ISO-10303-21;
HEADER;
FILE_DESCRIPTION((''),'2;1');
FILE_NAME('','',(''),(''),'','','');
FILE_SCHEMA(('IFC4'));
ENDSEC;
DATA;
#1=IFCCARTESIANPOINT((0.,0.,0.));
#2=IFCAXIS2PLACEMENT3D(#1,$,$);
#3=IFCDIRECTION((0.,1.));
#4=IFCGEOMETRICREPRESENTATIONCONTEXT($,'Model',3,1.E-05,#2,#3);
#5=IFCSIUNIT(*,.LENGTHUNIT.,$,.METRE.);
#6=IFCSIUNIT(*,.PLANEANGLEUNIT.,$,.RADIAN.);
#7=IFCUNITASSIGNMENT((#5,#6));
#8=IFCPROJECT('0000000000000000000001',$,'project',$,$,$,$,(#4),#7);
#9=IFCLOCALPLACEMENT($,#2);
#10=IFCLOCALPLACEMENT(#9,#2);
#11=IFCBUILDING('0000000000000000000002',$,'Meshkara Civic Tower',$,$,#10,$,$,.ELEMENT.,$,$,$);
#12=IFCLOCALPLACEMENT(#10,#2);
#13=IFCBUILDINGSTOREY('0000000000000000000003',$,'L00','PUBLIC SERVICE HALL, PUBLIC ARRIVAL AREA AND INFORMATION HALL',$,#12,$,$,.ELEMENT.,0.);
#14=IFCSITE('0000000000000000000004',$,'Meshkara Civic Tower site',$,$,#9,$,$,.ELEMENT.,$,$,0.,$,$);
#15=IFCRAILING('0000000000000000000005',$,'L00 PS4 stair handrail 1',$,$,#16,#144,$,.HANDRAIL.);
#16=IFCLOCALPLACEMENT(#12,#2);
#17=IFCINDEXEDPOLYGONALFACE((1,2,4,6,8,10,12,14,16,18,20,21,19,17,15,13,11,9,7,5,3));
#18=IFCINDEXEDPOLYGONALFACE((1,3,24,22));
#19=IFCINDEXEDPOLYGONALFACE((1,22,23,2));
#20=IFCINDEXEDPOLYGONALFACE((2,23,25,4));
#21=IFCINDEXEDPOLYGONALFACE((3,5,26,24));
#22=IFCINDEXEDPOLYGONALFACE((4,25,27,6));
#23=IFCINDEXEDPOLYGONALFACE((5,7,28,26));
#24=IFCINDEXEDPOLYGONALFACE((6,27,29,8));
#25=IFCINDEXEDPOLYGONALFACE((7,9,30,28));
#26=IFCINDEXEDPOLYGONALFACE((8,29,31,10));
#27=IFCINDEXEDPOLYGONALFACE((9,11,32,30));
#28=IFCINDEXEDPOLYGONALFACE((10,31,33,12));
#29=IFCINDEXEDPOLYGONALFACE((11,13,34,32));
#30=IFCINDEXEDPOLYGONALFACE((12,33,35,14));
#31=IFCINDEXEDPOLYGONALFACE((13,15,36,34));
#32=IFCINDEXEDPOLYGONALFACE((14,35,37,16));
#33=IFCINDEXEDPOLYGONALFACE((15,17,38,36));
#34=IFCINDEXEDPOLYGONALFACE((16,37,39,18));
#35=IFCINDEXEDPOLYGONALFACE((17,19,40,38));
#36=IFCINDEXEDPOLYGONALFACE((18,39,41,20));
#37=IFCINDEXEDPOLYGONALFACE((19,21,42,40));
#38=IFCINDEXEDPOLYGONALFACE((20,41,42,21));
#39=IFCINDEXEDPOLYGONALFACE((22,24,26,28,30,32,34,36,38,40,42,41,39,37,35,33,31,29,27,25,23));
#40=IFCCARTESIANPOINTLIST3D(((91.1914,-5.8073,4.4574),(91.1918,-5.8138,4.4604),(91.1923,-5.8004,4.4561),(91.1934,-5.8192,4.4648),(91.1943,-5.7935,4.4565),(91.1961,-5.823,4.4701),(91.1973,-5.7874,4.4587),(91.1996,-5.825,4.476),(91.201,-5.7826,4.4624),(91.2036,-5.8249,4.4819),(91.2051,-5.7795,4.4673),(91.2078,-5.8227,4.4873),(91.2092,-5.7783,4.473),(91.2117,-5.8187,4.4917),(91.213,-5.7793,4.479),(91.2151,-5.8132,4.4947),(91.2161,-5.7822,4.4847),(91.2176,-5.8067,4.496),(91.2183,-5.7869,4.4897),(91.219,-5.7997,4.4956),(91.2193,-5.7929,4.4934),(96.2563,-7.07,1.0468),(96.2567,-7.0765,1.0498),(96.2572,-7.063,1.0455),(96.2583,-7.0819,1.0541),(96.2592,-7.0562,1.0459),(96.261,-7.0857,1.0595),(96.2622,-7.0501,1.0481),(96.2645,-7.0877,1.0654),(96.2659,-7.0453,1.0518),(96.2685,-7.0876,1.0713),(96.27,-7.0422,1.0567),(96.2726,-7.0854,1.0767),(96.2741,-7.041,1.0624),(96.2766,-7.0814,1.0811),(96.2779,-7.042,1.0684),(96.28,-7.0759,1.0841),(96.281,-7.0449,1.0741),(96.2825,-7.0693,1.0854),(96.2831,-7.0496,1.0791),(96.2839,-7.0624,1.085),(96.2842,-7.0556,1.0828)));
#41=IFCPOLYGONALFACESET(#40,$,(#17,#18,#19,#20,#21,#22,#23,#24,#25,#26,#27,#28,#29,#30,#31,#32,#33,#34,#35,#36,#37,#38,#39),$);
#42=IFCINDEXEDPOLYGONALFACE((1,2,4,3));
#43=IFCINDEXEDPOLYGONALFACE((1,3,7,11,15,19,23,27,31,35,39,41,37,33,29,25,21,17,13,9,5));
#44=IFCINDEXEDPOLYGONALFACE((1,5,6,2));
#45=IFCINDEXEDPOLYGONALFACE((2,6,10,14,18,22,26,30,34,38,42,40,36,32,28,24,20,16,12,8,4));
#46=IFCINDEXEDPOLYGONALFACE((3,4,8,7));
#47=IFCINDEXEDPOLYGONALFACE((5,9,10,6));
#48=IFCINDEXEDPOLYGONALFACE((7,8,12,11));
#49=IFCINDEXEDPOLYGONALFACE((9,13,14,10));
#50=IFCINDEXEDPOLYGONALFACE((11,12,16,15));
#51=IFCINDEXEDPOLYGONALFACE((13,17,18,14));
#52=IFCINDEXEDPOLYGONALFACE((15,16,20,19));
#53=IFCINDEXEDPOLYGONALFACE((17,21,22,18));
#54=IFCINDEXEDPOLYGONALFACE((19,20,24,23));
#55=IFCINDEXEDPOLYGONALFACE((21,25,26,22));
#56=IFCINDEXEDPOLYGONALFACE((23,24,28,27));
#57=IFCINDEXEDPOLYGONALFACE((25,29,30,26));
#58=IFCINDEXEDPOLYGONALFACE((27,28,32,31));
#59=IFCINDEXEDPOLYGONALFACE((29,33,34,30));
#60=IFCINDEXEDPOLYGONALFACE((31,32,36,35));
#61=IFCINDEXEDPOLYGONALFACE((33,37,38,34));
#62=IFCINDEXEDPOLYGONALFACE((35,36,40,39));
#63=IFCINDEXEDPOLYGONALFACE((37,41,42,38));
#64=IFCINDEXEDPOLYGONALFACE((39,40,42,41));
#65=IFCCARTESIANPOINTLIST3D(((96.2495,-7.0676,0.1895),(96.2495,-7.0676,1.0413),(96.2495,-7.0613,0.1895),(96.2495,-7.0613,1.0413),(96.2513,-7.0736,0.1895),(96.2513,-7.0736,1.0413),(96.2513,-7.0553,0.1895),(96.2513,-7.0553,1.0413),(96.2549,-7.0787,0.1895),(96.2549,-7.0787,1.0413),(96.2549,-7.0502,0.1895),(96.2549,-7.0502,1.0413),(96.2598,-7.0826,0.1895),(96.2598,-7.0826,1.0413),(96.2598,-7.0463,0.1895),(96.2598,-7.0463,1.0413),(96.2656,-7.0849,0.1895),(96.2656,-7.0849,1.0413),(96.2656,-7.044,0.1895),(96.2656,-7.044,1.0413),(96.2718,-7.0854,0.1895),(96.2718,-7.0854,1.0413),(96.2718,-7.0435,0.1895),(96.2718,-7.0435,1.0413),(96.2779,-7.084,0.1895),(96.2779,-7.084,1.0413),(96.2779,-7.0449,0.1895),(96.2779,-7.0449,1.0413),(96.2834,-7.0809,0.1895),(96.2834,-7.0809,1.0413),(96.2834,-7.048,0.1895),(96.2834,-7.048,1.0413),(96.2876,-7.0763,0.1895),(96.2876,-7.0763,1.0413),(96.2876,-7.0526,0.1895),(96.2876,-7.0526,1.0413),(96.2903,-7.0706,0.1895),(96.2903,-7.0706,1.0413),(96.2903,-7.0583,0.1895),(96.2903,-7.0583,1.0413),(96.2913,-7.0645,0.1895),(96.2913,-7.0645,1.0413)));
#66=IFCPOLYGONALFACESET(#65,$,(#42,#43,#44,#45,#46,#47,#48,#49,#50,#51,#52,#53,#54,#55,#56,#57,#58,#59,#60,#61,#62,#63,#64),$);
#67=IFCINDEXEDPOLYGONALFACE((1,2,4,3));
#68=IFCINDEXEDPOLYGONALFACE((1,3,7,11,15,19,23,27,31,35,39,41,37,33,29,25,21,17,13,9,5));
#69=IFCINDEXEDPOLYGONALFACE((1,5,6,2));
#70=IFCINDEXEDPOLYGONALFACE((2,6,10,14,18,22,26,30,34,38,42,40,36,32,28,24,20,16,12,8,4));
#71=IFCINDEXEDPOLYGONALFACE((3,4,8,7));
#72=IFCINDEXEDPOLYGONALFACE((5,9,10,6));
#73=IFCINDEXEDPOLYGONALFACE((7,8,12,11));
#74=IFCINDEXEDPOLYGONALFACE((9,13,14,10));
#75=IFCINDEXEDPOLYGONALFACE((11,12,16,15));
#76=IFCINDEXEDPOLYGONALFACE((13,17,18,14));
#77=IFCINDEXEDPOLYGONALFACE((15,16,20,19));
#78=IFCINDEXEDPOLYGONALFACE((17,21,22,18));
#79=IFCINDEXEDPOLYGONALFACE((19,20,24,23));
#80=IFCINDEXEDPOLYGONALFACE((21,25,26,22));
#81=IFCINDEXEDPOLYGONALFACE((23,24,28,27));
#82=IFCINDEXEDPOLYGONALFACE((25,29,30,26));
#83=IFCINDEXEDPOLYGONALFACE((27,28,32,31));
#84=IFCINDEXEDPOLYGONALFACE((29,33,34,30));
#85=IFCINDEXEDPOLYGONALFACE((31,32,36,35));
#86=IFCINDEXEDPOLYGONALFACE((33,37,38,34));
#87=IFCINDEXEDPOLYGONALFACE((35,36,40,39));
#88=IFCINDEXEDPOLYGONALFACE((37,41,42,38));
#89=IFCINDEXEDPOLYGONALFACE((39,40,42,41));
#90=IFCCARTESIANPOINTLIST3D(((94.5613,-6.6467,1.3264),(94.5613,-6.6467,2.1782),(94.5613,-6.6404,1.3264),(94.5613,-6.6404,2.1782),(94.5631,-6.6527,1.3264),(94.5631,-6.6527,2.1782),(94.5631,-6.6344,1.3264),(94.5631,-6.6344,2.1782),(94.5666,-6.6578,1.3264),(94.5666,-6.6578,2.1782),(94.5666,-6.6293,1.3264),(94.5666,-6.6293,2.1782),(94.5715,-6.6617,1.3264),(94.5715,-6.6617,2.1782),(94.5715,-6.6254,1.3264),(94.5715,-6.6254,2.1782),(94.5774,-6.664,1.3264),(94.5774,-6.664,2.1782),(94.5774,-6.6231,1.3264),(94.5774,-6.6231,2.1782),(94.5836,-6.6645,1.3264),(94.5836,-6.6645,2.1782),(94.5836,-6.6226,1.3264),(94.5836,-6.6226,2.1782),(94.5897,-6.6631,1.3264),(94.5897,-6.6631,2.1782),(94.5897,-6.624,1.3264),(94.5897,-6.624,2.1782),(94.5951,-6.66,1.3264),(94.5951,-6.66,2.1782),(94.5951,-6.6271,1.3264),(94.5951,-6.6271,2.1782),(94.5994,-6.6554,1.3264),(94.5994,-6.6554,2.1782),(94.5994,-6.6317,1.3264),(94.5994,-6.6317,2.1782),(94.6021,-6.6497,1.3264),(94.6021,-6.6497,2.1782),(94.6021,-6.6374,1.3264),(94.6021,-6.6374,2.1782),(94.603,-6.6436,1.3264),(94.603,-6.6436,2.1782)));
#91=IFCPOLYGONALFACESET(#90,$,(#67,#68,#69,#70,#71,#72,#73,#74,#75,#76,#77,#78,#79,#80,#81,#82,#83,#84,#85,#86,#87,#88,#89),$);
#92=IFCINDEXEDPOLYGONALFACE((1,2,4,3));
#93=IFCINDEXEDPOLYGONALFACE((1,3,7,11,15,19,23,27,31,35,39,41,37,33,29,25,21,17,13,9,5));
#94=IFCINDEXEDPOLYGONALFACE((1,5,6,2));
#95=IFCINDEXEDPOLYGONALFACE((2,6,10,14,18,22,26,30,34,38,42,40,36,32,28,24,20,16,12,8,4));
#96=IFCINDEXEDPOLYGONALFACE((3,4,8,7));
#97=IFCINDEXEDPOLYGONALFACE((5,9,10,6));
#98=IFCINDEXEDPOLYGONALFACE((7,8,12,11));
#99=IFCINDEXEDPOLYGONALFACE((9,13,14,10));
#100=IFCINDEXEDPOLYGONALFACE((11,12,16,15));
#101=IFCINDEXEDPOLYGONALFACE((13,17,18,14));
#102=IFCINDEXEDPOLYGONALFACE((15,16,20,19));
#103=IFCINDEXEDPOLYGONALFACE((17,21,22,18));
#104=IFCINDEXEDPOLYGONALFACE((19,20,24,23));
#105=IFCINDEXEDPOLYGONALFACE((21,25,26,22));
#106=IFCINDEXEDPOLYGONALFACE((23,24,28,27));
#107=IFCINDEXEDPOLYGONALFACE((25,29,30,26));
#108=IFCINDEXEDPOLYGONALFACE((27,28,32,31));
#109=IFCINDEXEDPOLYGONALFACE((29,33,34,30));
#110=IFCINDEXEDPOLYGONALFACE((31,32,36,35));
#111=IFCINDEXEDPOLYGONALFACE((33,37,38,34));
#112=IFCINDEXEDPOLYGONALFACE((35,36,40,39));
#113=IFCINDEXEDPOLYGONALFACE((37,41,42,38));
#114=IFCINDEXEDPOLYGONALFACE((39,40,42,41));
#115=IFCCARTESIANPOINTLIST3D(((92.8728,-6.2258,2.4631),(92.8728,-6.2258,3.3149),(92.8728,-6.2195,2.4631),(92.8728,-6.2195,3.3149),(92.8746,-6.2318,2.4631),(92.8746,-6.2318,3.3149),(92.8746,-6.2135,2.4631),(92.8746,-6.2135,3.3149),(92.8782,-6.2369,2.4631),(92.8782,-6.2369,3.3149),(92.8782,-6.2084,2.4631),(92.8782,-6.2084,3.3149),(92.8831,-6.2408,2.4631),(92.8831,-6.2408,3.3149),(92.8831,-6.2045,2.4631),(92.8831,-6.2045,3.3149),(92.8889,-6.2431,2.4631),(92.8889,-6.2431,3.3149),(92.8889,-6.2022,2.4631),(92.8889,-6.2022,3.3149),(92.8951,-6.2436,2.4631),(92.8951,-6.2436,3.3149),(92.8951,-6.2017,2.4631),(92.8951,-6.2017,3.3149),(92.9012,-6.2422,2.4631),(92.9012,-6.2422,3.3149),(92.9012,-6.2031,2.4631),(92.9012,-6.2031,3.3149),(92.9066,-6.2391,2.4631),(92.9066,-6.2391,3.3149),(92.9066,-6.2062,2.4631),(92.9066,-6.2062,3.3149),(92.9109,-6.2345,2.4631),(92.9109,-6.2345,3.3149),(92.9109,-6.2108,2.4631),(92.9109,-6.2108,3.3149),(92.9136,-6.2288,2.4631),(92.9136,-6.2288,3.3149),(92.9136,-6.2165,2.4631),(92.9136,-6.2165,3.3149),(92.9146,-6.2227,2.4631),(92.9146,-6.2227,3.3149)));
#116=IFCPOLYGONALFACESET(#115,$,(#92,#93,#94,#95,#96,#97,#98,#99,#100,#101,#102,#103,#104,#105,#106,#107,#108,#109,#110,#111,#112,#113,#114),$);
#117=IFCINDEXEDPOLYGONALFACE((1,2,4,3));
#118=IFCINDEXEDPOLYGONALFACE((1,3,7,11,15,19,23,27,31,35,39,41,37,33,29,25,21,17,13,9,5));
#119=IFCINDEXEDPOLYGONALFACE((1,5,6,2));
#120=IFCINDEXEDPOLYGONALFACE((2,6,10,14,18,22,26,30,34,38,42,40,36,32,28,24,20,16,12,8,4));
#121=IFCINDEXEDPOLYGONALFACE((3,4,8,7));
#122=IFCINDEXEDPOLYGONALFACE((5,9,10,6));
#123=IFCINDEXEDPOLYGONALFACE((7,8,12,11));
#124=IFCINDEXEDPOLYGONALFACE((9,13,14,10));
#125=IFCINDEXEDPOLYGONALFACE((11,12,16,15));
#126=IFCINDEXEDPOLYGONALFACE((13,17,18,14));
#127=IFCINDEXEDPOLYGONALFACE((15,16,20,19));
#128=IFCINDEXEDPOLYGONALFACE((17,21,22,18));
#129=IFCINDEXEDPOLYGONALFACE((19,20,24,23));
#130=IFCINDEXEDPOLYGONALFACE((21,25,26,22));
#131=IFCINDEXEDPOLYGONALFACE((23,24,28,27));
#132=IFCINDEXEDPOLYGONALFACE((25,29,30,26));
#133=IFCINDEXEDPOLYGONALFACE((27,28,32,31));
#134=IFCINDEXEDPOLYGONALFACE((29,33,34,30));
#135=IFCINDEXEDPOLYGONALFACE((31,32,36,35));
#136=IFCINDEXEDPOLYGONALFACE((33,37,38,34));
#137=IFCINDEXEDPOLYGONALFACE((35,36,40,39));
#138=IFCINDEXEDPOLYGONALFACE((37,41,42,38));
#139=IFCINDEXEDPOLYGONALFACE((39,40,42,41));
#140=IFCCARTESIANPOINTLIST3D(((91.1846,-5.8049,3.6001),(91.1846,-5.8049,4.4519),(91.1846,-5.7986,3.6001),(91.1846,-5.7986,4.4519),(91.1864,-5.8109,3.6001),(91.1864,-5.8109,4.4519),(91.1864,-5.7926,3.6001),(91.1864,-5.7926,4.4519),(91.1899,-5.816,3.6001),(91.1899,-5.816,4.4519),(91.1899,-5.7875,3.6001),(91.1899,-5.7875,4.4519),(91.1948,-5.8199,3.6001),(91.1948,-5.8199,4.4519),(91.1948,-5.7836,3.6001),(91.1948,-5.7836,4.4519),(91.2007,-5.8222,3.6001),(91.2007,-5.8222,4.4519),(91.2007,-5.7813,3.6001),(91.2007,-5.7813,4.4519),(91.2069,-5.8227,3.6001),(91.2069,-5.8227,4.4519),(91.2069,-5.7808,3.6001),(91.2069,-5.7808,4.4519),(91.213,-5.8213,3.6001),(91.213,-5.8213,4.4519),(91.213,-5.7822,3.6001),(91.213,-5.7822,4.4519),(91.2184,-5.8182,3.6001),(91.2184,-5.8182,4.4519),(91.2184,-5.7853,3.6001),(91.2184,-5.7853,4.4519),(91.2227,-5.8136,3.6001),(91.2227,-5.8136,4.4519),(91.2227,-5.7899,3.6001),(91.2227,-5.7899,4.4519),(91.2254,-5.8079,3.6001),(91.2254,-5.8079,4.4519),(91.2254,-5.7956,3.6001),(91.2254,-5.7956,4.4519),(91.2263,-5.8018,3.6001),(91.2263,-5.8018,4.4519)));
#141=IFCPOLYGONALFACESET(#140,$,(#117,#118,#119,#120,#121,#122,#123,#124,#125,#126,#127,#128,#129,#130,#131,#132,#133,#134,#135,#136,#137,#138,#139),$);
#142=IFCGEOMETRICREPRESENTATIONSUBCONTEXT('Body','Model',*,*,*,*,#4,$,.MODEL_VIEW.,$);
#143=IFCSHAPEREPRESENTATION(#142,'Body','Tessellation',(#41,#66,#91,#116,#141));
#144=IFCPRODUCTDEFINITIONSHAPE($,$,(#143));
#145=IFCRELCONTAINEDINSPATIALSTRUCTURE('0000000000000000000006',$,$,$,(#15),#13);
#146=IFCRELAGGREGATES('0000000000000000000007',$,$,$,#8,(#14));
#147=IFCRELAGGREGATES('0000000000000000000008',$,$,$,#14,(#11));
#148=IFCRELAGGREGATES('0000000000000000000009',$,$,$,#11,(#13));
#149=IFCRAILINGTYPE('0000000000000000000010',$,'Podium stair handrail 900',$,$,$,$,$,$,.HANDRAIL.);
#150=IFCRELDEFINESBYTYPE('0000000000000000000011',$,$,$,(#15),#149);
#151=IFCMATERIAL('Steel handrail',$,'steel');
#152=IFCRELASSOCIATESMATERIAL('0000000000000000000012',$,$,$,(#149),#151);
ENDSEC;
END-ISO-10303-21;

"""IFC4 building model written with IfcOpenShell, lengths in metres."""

from ifc_helpers import new_model, si_unit, direction, frame, origin, origin_2d, place, context, subcontext, project, spatial, circle, extrude, material, type_object, element, save


model = new_model("IFC4")

# Units and contexts
model_context = context("Model", 3, precision=1e-05, world=origin(), true_north=direction((0.0, 1.0)))
body_context = subcontext(model_context, "Body", "Model", "MODEL_VIEW")
ifc_project = project(units=[si_unit("LENGTHUNIT", "METRE"), si_unit("PLANEANGLEUNIT", "RADIAN")], contexts=[model_context])

# Site, building, storey
site_placement = place(None, origin())
site = spatial("IfcSite", under=ifc_project, at=site_placement, Name="Meshkara Civic Tower site", CompositionType="ELEMENT", RefElevation=0.0)
building_placement = place(site_placement, origin())
building = spatial("IfcBuilding", under=site, at=building_placement, Name="Meshkara Civic Tower", CompositionType="ELEMENT")
storey_placement = place(building_placement, origin())
storey = spatial("IfcBuildingStorey", under=building, at=storey_placement, Name="L00", Description="PUBLIC SERVICE HALL, PUBLIC ARRIVAL AREA AND INFORMATION HALL", CompositionType="ELEMENT", Elevation=0.0)

# Railing
ifc_material_1 = material(Name="Steel handrail", Category="steel")
railing_type_1 = type_object("IfcRailingType", Name="Podium stair handrail 900", PredefinedType="HANDRAIL", material=ifc_material_1)
railing_1_placement = place(storey_placement, frame((96.2703, -7.0645, 0.1895)))
element("IfcRailing", 1, at=railing_1_placement, inside=storey, type_object=railing_type_1, Name="L00 PS4 stair handrail 1", PredefinedType="HANDRAIL", context=body_context, shape_type="SweptSolid", body=[
    extrude(circle(Radius=0.0239, at=origin_2d()), frame((0.0, 0.0, 0.876), z_axis=(-0.812285, 0.202503, 0.546979), x_axis=(-0.241897, -0.970302, 0.0)), (0.0, 0.0, 1.0), 6.2354),
    extrude(circle(Radius=0.021, at=origin_2d()), origin(), (0.0, 0.0, 1.0), 0.8518),
    extrude(circle(Radius=0.021, at=origin_2d()), frame((-1.6882, 0.4209, 1.137)), (0.0, 0.0, 1.0), 0.8518),
    extrude(circle(Radius=0.021, at=origin_2d()), frame((-3.3767, 0.8418, 2.2737)), (0.0, 0.0, 1.0), 0.8518),
    extrude(circle(Radius=0.021, at=origin_2d()), frame((-5.0649, 1.2627, 3.4106)), (0.0, 0.0, 1.0), 0.8518),
])

save(model, "model.ifc")
